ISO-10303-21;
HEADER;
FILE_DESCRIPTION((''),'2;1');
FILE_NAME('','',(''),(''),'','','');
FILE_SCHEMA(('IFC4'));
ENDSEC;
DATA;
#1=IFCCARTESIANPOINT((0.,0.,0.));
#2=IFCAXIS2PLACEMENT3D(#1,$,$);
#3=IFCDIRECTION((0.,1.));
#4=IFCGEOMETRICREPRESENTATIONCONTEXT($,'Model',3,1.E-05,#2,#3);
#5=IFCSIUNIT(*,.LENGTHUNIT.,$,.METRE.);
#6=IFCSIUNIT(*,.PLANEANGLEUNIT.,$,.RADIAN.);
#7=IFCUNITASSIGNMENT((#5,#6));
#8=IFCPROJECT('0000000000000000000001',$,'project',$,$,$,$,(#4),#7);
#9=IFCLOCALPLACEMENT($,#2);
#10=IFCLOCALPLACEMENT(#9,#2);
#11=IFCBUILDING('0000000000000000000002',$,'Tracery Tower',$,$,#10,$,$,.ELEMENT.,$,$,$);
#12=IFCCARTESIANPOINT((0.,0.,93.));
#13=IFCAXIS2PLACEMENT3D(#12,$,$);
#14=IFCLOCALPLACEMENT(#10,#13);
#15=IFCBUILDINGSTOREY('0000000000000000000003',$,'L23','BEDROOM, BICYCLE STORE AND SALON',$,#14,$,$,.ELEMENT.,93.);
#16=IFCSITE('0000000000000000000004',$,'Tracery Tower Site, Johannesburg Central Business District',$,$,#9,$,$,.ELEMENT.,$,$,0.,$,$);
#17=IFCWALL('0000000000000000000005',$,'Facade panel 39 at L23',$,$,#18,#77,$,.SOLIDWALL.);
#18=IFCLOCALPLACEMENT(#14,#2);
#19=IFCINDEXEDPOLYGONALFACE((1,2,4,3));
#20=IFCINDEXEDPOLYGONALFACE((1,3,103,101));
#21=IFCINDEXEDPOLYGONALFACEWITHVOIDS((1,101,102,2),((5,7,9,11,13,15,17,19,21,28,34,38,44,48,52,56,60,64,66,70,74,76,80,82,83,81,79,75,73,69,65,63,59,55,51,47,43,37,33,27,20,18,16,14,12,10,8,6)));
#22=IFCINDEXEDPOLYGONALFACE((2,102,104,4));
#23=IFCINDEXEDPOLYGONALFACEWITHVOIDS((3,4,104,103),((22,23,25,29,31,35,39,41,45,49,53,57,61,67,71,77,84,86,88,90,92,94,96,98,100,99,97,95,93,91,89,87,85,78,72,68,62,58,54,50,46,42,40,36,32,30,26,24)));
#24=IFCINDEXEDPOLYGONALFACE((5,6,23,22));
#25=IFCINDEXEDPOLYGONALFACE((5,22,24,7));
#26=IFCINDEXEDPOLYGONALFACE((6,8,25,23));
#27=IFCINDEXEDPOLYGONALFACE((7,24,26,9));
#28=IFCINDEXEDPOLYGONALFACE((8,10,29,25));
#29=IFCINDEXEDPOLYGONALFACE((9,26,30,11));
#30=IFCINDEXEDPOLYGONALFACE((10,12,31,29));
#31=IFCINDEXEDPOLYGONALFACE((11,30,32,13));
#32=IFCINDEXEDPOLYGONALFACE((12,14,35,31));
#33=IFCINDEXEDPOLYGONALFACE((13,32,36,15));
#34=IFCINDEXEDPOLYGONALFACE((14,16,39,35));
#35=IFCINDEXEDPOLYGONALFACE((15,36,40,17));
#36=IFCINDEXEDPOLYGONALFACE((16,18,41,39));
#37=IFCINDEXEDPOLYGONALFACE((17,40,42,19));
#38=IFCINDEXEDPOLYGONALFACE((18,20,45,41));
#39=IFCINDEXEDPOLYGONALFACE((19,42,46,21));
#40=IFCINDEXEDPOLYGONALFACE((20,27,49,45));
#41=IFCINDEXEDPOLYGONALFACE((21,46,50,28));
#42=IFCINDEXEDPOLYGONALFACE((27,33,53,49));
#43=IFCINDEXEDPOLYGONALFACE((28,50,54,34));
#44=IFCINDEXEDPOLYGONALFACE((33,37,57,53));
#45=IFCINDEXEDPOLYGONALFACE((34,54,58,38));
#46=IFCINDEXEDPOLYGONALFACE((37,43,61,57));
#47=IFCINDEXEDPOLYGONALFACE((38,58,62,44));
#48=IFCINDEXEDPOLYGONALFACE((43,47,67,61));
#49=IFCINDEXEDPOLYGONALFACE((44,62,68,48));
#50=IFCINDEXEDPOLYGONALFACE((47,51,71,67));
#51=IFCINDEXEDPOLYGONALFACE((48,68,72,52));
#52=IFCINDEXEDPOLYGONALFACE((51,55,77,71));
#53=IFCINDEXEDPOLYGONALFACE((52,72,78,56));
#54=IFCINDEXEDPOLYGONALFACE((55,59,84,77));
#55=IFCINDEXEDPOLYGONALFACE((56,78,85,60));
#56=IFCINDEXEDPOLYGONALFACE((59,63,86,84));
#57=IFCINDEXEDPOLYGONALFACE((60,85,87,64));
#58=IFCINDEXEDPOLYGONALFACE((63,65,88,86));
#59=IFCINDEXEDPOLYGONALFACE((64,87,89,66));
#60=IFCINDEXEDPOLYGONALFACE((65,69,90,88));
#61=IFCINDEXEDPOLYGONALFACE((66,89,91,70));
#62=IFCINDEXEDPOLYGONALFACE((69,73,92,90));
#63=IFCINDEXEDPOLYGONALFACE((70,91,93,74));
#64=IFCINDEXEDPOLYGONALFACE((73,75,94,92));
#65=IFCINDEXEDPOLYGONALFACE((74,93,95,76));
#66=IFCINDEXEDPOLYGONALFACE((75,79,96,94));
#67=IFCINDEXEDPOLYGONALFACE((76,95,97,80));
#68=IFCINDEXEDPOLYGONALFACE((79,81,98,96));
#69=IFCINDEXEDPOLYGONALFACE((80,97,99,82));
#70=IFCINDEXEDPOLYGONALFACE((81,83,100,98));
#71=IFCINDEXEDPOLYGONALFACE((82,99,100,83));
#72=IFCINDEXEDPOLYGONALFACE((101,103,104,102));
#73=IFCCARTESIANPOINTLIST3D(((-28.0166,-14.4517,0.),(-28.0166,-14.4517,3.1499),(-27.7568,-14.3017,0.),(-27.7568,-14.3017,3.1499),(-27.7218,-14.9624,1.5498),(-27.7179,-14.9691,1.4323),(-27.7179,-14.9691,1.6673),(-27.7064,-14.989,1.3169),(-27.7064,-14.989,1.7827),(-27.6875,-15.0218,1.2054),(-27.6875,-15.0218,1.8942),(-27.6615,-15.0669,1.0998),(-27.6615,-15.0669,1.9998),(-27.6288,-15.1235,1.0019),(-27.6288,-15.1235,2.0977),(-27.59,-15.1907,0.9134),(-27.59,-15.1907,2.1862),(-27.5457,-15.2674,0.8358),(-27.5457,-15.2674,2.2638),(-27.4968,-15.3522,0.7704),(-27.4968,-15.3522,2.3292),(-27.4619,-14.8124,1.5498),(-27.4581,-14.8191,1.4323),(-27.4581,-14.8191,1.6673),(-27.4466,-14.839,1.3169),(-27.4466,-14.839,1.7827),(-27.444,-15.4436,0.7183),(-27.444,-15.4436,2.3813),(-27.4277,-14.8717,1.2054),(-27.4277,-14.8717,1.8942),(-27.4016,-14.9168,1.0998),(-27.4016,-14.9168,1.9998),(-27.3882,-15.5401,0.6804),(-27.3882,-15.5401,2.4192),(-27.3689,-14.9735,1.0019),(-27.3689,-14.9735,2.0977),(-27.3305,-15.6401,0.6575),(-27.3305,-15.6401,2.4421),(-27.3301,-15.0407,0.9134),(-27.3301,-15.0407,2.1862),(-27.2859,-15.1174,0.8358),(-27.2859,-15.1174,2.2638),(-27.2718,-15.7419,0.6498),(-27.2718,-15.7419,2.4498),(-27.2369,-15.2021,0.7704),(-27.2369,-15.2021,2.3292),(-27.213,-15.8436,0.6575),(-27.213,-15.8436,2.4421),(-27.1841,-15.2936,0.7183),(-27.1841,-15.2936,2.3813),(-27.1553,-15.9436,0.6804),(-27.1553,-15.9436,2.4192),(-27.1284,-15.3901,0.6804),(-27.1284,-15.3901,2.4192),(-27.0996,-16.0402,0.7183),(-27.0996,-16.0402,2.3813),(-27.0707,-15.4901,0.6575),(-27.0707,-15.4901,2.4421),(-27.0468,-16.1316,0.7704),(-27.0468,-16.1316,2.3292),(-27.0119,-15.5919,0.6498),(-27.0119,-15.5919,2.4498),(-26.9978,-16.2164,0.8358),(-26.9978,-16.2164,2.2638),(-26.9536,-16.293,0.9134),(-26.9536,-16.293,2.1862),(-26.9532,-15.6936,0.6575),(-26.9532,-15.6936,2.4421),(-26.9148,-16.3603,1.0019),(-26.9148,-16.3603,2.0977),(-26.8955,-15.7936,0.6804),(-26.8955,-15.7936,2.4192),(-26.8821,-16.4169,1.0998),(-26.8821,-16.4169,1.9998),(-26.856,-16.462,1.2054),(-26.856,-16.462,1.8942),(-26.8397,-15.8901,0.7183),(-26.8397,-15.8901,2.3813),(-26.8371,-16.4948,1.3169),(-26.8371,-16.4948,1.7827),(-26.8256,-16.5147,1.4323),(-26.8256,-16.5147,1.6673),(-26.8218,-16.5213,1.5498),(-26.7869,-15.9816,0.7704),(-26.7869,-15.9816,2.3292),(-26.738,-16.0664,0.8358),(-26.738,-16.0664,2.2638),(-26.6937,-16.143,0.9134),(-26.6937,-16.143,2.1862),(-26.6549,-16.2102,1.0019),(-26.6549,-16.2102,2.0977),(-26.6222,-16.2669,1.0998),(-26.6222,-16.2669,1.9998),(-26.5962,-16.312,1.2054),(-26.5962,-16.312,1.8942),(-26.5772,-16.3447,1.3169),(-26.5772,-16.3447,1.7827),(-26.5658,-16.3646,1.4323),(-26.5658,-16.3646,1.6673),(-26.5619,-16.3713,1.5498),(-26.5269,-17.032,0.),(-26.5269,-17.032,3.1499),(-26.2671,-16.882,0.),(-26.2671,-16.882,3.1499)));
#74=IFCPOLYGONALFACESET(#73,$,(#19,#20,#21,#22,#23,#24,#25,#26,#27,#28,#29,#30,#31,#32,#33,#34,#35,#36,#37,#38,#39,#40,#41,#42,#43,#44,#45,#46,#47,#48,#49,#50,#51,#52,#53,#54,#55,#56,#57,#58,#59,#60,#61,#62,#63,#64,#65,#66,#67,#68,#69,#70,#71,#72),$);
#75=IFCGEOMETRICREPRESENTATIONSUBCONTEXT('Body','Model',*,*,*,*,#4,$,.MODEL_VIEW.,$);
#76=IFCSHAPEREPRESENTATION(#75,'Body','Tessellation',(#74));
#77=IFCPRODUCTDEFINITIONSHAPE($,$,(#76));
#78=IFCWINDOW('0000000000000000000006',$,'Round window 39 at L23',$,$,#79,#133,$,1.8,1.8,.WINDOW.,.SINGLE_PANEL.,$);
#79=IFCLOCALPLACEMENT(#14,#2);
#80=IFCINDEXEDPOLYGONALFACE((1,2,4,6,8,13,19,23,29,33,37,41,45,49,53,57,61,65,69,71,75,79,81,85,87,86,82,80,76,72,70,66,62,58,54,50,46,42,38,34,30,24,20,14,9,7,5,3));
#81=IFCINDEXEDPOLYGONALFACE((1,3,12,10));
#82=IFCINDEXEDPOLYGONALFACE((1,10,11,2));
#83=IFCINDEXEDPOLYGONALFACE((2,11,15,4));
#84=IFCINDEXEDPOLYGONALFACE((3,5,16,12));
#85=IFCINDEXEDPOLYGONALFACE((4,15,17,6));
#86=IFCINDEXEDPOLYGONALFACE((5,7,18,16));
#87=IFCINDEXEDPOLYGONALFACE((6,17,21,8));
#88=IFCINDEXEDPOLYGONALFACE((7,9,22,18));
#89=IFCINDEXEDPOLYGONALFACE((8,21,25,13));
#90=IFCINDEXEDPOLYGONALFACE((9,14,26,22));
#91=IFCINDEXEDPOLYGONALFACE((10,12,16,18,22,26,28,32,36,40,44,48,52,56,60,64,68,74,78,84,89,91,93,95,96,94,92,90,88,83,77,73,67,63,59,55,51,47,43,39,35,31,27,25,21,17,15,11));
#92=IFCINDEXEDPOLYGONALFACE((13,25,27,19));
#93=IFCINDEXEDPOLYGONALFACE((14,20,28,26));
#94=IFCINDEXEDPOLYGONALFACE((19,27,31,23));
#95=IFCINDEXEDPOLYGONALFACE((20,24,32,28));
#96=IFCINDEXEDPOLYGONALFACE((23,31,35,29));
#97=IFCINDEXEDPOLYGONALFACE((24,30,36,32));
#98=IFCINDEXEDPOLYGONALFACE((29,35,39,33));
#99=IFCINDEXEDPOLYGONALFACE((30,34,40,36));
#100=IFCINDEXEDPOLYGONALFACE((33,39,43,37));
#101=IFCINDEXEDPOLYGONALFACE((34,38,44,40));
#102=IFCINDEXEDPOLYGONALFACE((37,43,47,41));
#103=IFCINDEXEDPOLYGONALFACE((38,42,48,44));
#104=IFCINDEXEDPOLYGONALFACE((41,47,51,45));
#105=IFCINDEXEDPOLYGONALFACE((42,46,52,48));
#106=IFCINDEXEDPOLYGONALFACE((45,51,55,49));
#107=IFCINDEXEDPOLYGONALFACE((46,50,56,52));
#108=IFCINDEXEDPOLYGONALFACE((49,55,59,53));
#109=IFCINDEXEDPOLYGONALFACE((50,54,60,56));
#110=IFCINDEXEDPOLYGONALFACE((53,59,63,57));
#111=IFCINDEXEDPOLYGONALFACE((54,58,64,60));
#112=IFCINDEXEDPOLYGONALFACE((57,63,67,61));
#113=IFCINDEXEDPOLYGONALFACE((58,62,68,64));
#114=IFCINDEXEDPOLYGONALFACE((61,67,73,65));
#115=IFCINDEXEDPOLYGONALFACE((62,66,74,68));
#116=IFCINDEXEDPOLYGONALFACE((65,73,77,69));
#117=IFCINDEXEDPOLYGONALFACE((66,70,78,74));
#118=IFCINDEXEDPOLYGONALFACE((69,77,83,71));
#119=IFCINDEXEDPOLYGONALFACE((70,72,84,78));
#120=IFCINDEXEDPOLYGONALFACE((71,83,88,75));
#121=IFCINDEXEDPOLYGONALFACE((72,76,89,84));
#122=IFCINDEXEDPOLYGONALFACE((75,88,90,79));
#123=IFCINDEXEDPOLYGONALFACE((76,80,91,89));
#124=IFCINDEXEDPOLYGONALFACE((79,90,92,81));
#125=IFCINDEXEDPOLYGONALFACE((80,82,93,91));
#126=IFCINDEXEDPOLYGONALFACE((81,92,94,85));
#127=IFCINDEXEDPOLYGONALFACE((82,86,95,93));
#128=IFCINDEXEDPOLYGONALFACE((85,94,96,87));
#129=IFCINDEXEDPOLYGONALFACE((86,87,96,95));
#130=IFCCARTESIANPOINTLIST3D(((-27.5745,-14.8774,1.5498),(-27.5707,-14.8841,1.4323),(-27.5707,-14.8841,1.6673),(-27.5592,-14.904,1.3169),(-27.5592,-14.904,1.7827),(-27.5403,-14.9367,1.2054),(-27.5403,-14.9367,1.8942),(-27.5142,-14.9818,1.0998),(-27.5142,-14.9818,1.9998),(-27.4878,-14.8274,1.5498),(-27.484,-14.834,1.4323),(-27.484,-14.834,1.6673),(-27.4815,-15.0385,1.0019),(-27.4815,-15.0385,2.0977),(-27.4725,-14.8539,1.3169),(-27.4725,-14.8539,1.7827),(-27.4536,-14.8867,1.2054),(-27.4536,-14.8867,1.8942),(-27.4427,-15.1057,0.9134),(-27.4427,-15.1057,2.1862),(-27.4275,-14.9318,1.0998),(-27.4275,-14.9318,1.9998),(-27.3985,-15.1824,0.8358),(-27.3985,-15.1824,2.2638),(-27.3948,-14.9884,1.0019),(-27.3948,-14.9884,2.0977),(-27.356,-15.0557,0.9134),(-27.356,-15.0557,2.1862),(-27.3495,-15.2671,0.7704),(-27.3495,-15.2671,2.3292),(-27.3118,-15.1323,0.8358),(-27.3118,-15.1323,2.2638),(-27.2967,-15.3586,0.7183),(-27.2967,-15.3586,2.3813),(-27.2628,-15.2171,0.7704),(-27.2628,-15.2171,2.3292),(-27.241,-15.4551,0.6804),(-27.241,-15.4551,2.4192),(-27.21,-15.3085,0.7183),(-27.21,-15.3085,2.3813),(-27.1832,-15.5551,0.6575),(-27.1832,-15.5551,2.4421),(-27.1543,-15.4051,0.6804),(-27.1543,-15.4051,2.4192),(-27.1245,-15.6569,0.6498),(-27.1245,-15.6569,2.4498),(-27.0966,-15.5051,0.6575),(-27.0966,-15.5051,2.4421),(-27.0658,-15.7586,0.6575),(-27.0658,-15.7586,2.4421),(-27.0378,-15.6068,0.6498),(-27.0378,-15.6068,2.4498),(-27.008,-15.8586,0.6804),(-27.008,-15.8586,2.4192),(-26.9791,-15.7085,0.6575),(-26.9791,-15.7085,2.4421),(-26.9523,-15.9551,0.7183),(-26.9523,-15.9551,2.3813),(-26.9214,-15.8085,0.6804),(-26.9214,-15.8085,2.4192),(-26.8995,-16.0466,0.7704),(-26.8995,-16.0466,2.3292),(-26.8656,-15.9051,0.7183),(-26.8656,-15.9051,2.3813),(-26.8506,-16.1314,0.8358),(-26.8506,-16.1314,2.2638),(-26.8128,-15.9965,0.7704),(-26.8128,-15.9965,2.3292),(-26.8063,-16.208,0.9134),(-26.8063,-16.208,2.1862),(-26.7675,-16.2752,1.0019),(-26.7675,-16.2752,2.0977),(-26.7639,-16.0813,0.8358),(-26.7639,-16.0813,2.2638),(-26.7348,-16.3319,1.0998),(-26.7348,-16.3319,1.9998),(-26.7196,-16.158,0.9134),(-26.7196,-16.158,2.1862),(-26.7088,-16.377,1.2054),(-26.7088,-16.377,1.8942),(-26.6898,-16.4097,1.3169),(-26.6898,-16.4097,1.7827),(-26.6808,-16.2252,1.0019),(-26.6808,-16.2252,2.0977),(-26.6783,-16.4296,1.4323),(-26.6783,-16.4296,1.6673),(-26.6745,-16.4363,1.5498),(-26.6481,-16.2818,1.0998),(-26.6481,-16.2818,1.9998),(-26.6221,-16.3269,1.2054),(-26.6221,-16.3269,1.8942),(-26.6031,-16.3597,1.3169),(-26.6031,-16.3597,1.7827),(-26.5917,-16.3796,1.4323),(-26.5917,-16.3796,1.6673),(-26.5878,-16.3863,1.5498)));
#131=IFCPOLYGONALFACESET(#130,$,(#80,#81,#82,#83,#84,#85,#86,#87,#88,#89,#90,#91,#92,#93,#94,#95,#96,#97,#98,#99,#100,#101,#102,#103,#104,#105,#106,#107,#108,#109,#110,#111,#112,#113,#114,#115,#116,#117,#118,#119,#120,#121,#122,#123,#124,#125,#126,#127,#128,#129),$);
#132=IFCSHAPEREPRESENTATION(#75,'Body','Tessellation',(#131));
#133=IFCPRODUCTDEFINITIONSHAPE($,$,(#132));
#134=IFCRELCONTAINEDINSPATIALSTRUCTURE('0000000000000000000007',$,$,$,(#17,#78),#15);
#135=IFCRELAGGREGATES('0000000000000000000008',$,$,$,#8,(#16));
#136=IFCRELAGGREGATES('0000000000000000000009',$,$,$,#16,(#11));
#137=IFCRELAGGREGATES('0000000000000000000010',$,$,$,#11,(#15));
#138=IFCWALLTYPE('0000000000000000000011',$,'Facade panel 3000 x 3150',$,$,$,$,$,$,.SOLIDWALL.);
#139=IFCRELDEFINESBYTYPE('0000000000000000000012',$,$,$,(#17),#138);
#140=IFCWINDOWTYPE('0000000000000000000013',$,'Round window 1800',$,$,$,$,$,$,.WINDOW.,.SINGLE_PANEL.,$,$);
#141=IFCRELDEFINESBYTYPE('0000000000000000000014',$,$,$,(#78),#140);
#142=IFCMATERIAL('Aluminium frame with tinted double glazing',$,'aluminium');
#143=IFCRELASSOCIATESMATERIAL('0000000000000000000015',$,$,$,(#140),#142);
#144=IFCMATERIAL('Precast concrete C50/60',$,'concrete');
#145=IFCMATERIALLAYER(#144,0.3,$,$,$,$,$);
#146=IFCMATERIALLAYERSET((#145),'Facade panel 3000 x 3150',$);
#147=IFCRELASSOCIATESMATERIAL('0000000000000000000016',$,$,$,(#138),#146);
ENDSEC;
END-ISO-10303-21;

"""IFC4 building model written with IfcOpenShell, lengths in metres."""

from ifc_helpers import new_model, si_unit, direction, frame, frame_2d, origin, origin_2d, place, context, subcontext, project, spatial, rectangle, circle, extrude, material, layer, layer_set, type_object, element, fill, save


model = new_model("IFC4")

# Units and contexts
model_context = context("Model", 3, precision=1e-05, world=origin(), true_north=direction((0.0, 1.0)))
body_context = subcontext(model_context, "Body", "Model", "MODEL_VIEW")
ifc_project = project(units=[si_unit("LENGTHUNIT", "METRE"), si_unit("PLANEANGLEUNIT", "RADIAN")], contexts=[model_context])

# Site, building, storey
site_placement = place(None, origin())
site = spatial("IfcSite", under=ifc_project, at=site_placement, Name="Tracery Tower Site, Johannesburg Central Business District", CompositionType="ELEMENT", RefElevation=0.0)
building_placement = place(site_placement, origin())
building = spatial("IfcBuilding", under=site, at=building_placement, Name="Tracery Tower", CompositionType="ELEMENT")
storey_placement = place(building_placement, frame((0.0, 0.0, 93.0)))
storey = spatial("IfcBuildingStorey", under=building, at=storey_placement, Name="L23", Description="BEDROOM, BICYCLE STORE AND SALON", CompositionType="ELEMENT", Elevation=93.0)

# Wall, opening, window
ifc_material_1 = material(Name="Aluminium frame with tinted double glazing", Category="aluminium")
window_type = type_object("IfcWindowType", Name="Round window 1800", PartitioningType="SINGLE_PANEL", PredefinedType="WINDOW", material=ifc_material_1)
ifc_material_2 = material(Name="Precast concrete C50/60", Category="concrete")
ifc_layer_1 = layer(ifc_material_2, 0.3)
ifc_layer_set_1 = layer_set([ifc_layer_1], Name="Facade panel 3000 x 3150")
wall_type_1 = type_object("IfcWallType", Name="Facade panel 3000 x 3150", PredefinedType="SOLIDWALL", material=ifc_layer_set_1)
wall_1_placement = place(storey_placement, frame((-27.8867, -14.3767, 0.0), z_axis=(0.0, 0.0, 1.0), x_axis=(0.499999, -0.866026, 0.0)))
wall_1 = element("IfcWall", 1, at=wall_1_placement, inside=storey, type_object=wall_type_1, Name="Facade panel 39 at L23", PredefinedType="SOLIDWALL", context=body_context, shape_type="SweptSolid", body=[
    extrude(rectangle(XDim=2.9795, YDim=0.3, at=frame_2d((1.4897, 0.0))), origin(), (0.0, 0.0, 1.0), 3.1499),
])
opening_1_placement = place(wall_1_placement, frame((1.4897, 0.0, 1.5498)))
opening_1 = element("IfcOpeningElement", 2, at=opening_1_placement, cuts=wall_1, PredefinedType="OPENING", context=body_context, shape_type="SweptSolid", body=[
    extrude(circle(Radius=0.9, at=origin_2d()), frame((0.0, 0.1599, 0.0), z_axis=(0.0, -1.0, 0.0), x_axis=(1.0, 0.0, 0.0)), (0.0, 0.0, 1.0), 0.3201),
])
window_1_placement = place(opening_1_placement, origin())
window_1 = element("IfcWindow", 3, at=window_1_placement, inside=storey, type_object=window_type, Name="Round window 39 at L23", OverallHeight=1.8, OverallWidth=1.8, PartitioningType="SINGLE_PANEL", PredefinedType="WINDOW", context=body_context, shape_type="SweptSolid", body=[
    extrude(circle(Radius=0.9, at=origin_2d()), frame((0.0, 0.1201, 0.0), z_axis=(0.0, -1.0, 0.0), x_axis=(1.0, 0.0, 0.0)), (0.0, 0.0, 1.0), 0.1001),
])
fill(opening_1, window_1)

save(model, "model.ifc")
